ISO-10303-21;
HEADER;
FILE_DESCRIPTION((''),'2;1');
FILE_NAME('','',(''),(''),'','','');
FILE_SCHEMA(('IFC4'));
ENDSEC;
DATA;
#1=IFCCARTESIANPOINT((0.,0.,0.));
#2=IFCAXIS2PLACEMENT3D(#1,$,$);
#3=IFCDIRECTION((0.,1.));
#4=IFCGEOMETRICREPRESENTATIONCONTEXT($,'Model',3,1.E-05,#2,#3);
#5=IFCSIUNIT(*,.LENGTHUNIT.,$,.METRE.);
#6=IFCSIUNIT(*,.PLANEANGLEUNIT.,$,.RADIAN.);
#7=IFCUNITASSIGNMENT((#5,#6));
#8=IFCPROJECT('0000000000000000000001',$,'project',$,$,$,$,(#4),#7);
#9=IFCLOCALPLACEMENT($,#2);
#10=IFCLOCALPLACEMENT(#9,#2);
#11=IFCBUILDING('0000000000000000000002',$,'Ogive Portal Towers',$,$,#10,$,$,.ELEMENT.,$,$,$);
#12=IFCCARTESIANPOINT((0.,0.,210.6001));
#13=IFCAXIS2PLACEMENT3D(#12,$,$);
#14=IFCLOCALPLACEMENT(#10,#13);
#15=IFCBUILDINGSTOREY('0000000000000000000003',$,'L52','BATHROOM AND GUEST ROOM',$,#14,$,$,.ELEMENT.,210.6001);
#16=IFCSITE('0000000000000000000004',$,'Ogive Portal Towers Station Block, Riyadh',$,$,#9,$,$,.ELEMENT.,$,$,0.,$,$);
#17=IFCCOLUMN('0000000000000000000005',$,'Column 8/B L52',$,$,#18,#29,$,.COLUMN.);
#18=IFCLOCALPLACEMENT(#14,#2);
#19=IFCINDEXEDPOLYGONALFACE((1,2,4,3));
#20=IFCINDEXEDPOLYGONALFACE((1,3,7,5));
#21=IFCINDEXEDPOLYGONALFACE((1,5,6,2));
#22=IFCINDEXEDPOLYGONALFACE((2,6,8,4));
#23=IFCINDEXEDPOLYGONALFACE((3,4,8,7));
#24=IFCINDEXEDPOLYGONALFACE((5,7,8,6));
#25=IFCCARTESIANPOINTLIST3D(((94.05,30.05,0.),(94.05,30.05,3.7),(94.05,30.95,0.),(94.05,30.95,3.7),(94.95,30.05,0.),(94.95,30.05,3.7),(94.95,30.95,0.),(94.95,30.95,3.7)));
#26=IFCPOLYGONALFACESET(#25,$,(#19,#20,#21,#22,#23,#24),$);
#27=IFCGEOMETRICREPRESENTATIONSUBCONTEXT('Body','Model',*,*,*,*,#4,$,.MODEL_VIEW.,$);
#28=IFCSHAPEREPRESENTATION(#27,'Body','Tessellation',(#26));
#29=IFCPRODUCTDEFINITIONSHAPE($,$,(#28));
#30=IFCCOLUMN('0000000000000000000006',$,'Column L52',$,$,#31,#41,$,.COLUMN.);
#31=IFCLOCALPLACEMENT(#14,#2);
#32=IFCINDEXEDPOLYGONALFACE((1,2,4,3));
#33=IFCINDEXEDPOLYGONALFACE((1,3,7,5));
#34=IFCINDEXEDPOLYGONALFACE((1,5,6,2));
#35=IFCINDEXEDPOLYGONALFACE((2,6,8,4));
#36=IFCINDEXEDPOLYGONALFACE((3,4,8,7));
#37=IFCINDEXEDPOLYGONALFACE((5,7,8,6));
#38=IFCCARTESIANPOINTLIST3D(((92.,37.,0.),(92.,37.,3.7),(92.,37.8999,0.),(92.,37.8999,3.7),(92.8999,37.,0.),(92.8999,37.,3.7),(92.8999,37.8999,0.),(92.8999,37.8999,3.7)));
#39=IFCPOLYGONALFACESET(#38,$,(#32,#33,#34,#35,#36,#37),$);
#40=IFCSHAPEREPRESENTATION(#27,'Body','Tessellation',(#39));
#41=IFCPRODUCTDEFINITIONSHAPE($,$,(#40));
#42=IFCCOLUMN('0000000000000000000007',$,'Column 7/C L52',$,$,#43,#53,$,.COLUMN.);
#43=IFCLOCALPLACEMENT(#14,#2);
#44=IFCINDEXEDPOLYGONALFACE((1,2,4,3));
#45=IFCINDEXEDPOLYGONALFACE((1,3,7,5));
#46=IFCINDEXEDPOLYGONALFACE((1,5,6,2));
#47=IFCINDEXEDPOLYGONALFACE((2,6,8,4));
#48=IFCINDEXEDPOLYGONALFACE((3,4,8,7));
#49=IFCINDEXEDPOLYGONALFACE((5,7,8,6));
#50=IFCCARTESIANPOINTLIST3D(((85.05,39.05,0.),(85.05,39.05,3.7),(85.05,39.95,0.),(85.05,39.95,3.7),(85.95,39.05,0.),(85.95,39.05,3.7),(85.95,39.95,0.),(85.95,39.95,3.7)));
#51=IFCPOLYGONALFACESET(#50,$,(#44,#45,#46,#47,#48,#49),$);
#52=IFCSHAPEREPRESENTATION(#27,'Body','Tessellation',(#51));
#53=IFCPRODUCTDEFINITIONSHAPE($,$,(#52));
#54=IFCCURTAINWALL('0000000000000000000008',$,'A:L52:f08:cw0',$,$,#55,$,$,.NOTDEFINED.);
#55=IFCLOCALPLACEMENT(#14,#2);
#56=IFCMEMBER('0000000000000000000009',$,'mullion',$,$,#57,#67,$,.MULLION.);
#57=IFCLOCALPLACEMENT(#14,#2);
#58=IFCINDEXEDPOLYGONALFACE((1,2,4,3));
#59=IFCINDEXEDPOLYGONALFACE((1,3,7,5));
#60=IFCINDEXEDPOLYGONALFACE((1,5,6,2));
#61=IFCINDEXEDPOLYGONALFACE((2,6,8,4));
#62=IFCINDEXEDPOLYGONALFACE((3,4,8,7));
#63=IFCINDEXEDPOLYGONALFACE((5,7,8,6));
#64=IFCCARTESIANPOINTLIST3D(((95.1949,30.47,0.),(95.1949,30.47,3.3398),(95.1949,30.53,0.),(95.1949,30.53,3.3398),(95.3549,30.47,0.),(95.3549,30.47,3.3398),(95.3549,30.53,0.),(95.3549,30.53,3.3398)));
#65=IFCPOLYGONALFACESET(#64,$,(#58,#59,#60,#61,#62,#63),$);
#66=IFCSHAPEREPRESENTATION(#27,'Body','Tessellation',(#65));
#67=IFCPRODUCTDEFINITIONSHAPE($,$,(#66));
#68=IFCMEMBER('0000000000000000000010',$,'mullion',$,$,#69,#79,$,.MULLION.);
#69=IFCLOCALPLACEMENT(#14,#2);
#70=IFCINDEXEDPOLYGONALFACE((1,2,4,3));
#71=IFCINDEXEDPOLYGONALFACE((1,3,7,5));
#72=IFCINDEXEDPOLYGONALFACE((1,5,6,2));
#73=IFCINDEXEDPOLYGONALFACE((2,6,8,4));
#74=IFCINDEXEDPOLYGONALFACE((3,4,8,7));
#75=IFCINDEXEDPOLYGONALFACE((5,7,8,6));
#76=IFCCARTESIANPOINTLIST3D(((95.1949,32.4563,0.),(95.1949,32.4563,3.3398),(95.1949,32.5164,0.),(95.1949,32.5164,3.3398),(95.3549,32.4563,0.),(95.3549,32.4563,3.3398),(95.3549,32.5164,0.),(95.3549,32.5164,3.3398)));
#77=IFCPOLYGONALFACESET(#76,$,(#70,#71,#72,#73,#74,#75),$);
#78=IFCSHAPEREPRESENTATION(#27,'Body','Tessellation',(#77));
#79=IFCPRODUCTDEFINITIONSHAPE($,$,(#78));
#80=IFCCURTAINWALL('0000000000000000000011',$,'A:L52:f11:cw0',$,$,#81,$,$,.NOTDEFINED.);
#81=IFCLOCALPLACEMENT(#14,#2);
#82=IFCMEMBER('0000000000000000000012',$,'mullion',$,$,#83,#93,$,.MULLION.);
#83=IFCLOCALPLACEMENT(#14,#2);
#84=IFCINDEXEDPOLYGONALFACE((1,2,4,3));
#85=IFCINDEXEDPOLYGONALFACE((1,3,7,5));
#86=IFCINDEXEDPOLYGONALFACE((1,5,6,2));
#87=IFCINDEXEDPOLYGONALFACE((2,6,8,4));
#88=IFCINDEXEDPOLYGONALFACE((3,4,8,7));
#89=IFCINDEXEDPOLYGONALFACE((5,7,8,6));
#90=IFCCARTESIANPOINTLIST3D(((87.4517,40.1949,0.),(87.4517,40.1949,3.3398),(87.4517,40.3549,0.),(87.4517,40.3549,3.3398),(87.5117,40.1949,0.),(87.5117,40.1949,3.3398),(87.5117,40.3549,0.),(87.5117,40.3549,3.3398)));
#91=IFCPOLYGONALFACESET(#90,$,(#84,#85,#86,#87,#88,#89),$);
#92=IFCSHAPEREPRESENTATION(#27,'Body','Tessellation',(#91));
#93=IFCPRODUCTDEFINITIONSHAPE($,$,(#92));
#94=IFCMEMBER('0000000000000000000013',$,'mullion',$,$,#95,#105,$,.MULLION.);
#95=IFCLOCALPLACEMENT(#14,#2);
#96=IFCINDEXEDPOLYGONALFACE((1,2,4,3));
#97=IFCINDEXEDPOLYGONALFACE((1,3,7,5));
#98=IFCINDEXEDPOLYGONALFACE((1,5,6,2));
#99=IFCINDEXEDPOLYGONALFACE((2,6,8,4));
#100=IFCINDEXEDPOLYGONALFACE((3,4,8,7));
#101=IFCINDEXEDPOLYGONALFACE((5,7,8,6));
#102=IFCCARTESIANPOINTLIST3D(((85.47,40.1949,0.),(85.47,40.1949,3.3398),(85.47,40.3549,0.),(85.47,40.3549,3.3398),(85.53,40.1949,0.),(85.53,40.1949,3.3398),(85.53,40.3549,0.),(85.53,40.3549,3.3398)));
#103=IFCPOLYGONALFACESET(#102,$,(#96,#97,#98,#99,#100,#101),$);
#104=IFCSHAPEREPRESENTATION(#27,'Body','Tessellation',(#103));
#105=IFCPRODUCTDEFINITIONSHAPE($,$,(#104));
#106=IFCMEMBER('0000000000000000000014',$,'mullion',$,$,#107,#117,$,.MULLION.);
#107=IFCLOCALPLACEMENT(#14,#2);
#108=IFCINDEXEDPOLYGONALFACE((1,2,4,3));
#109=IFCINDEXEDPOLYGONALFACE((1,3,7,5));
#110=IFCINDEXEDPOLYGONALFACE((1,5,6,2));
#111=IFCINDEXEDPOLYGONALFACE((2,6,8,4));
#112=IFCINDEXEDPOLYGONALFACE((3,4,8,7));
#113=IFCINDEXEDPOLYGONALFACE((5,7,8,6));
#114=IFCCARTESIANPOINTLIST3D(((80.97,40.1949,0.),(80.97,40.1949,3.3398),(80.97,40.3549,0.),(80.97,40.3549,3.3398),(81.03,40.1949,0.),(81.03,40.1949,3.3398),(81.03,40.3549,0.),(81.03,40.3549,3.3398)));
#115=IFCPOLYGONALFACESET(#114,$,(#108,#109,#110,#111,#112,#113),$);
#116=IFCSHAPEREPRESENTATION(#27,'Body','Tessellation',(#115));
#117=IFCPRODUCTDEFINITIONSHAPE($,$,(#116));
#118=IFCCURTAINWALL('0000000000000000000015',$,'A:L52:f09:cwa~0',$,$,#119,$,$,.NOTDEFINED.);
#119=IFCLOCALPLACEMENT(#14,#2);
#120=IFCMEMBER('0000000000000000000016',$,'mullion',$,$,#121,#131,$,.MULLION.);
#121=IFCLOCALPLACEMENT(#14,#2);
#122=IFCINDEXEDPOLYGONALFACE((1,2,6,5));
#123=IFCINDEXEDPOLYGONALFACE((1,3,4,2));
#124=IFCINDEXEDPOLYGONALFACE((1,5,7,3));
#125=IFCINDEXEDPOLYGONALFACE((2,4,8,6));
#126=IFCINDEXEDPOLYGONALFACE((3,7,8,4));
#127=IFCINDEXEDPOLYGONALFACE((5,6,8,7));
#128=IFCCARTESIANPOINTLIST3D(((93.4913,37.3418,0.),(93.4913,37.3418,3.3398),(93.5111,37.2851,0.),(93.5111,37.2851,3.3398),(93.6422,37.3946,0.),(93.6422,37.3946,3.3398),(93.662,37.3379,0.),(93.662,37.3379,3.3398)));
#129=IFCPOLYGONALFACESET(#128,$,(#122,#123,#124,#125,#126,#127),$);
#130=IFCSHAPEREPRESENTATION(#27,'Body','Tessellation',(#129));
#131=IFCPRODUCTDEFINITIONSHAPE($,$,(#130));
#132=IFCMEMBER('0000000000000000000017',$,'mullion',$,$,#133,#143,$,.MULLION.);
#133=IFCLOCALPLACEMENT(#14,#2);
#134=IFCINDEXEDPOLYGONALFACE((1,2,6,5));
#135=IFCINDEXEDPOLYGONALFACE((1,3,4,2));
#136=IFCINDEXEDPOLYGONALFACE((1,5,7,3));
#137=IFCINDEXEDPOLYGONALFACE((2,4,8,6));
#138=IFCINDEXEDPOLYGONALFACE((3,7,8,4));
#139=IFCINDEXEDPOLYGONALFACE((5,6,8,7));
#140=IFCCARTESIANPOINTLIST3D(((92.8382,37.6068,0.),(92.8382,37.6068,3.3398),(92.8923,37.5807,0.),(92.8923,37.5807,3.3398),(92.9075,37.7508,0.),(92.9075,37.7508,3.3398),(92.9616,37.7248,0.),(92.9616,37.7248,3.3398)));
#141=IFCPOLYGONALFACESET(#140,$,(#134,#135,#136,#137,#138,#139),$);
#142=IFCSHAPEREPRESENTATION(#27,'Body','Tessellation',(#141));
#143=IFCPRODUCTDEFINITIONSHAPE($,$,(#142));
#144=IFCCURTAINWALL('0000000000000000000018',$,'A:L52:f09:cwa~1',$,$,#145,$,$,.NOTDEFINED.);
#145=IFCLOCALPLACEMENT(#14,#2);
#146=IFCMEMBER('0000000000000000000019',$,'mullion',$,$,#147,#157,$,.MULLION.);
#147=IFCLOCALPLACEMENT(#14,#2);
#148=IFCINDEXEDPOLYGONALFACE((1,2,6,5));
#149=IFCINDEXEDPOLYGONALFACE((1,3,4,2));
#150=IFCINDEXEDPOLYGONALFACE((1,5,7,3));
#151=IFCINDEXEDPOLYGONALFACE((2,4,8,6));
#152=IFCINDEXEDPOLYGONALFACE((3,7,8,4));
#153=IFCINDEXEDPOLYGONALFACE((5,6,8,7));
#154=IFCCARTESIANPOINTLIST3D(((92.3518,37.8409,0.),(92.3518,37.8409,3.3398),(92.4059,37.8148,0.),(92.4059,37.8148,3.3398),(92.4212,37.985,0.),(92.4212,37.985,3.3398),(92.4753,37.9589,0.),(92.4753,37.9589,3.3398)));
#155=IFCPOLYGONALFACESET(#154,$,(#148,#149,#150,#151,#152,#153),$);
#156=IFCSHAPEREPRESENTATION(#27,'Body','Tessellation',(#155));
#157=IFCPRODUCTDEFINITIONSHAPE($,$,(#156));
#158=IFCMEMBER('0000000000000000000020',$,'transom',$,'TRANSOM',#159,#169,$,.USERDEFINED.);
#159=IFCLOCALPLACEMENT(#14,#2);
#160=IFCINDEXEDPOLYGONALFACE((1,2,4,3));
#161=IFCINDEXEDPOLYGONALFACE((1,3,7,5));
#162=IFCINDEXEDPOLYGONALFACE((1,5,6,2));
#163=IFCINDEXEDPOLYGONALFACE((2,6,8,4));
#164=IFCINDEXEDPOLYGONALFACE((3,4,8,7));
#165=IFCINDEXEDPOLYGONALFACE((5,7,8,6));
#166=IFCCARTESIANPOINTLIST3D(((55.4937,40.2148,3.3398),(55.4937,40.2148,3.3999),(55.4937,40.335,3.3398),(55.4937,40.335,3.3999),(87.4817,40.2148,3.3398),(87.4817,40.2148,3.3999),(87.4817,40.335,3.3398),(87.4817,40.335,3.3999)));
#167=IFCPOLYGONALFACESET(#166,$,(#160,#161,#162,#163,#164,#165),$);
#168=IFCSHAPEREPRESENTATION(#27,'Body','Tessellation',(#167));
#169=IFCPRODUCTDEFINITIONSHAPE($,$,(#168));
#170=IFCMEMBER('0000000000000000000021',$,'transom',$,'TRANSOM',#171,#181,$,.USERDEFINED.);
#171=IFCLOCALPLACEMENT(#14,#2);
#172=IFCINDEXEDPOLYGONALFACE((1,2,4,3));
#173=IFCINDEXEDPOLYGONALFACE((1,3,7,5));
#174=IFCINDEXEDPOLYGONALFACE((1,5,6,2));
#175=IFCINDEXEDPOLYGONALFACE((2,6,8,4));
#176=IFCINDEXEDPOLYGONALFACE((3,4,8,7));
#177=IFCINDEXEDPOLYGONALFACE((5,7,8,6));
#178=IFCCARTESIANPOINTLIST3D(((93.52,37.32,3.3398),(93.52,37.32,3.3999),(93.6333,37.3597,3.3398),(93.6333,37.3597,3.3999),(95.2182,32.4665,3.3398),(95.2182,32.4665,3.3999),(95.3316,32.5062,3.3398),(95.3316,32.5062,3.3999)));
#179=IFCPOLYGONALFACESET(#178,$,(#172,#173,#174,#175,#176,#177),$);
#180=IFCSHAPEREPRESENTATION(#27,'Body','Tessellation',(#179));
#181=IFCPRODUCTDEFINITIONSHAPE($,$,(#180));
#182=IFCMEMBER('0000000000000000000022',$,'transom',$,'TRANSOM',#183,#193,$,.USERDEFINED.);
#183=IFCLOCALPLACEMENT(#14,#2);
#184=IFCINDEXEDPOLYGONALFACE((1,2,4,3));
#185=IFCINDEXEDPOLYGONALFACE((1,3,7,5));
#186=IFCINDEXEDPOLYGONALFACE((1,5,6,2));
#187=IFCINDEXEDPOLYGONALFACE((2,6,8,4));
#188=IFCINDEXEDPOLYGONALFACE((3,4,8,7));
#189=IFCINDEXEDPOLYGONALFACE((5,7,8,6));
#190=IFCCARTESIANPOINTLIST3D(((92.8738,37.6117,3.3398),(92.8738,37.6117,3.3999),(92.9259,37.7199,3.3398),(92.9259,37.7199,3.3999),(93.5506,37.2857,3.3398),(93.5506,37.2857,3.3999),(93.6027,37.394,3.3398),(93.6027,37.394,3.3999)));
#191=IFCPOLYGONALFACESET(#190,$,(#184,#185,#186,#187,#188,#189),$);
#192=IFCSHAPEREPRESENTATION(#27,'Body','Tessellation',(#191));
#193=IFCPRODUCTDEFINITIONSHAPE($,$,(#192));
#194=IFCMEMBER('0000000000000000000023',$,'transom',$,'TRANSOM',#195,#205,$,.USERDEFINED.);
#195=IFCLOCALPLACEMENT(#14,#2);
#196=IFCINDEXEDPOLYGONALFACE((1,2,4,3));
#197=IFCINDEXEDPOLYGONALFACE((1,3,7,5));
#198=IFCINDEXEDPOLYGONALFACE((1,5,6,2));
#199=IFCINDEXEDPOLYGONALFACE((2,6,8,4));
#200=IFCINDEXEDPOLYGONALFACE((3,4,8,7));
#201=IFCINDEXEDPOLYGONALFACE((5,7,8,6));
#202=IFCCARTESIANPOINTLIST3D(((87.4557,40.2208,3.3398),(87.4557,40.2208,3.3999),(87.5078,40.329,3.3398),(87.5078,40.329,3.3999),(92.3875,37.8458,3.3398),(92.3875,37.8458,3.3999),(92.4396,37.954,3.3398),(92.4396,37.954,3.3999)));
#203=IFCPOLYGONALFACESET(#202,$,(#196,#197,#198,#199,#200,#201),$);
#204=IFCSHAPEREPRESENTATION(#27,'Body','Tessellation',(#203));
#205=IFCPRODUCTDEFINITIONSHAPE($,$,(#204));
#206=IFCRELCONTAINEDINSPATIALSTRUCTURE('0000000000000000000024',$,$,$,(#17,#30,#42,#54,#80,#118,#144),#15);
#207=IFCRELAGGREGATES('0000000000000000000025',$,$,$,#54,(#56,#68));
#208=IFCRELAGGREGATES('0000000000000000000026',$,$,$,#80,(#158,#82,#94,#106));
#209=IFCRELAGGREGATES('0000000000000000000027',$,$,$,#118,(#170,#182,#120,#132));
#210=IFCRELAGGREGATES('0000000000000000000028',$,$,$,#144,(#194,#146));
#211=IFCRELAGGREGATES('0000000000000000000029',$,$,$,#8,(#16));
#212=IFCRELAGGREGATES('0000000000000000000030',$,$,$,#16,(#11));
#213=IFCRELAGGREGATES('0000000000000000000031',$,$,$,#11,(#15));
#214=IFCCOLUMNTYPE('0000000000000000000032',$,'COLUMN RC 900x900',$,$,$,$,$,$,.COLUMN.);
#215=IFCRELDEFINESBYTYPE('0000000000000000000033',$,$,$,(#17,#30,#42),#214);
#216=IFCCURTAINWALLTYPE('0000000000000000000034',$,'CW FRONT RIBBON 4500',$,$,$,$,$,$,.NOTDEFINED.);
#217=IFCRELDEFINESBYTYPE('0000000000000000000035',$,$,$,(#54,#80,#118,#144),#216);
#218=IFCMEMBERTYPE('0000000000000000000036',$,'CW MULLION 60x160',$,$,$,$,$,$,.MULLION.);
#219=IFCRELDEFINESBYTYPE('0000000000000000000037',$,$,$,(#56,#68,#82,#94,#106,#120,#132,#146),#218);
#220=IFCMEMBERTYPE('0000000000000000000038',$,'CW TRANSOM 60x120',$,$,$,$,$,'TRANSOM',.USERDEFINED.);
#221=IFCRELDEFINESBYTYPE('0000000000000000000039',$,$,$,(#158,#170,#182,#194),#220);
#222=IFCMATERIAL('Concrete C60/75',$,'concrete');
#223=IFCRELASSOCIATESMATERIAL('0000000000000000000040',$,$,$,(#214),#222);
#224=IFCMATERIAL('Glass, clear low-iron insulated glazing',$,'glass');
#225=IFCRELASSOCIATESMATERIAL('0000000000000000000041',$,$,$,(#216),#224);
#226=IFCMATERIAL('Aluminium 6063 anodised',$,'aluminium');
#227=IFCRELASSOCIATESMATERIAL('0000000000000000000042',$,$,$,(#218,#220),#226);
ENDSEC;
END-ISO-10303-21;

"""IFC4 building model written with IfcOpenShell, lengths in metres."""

from ifc_helpers import new_model, si_unit, direction, frame, origin, origin_2d, place, context, subcontext, project, spatial, rectangle, extrude, material, material_profile, profile_set, type_object, element, aggregate, save


model = new_model("IFC4")

# Units and contexts
model_context = context("Model", 3, precision=1e-05, world=origin(), true_north=direction((0.0, 1.0)))
body_context = subcontext(model_context, "Body", "Model", "MODEL_VIEW")
ifc_project = project(units=[si_unit("LENGTHUNIT", "METRE"), si_unit("PLANEANGLEUNIT", "RADIAN")], contexts=[model_context])

# Site, building, storey
site_placement = place(None, origin())
site = spatial("IfcSite", under=ifc_project, at=site_placement, Name="Ogive Portal Towers Station Block, Riyadh", CompositionType="ELEMENT", RefElevation=0.0)
building_placement = place(site_placement, origin())
building = spatial("IfcBuilding", under=site, at=building_placement, Name="Ogive Portal Towers", CompositionType="ELEMENT")
storey_placement = place(building_placement, frame((0.0, 0.0, 210.6001)))
storey = spatial("IfcBuildingStorey", under=building, at=storey_placement, Name="L52", Description="BATHROOM AND GUEST ROOM", CompositionType="ELEMENT", Elevation=210.6001)

# Columns
ifc_material_1 = material(Name="Concrete C60/75", Category="concrete")
ifc_material_profile_1 = material_profile(ifc_material_1, rectangle(XDim=0.8999, YDim=0.8999, at=origin_2d()), Name="RC 900x900")
ifc_profile_set_1 = profile_set([ifc_material_profile_1], Name="Concrete C60/75")
column_type = type_object("IfcColumnType", Name="COLUMN RC 900x900", PredefinedType="COLUMN", material=ifc_profile_set_1)
for number, where, z_axis, x_axis, name in (
    (1, (94.5, 30.5, 0.0), (0.0, 0.0, 1.0), (1.0, 0.0, 0.0), "Column 8/B L52"),
    (2, (92.45, 37.45, 0.0), (0.0, 0.0, 1.0), (1.0, 0.0, 0.0), "Column L52"),
    (3, (85.5, 39.5, 0.0), (0.0, 0.0, 1.0), (1.0, 0.0, 0.0), "Column 7/C L52"),
):
    element("IfcColumn", number, at=place(storey_placement, frame(where, z_axis=z_axis, x_axis=x_axis)), inside=storey, type_object=column_type, Name=name, PredefinedType="COLUMN", context=body_context, shape_type="SweptSolid", body=[
        extrude(rectangle(XDim=0.8999, YDim=0.8999, at=origin_2d()), origin(), (0.0, 0.0, 1.0), 3.7),
    ])

# Curtain walls, members
ifc_material_2 = material(Name="Glass, clear low-iron insulated glazing", Category="glass")
curtain_wall_type = type_object("IfcCurtainWallType", Name="CW FRONT RIBBON 4500", PredefinedType="NOTDEFINED", material=ifc_material_2)
curtain_wall_1_placement = place(storey_placement, origin())
curtain_wall_1 = element("IfcCurtainWall", 4, at=curtain_wall_1_placement, inside=storey, type_object=curtain_wall_type, Name="A:L52:f08:cw0", PredefinedType="NOTDEFINED")
ifc_material_3 = material(Name="Aluminium 6063 anodised", Category="aluminium")
ifc_material_profile_2 = material_profile(ifc_material_3, rectangle(XDim=0.1599, YDim=0.0601, at=origin_2d()), Name="AL 60x160")
ifc_profile_set_2 = profile_set([ifc_material_profile_2], Name="Aluminium 6063 anodised")
member_type_1 = type_object("IfcMemberType", Name="CW MULLION 60x160", PredefinedType="MULLION", material=ifc_profile_set_2)
member_1_placement = place(storey_placement, frame((95.2749, 30.5, 0.0), z_axis=(0.0, 0.0, 1.0), x_axis=(-1.0, 0.0, 0.0)))
member_1 = element("IfcMember", 5, at=member_1_placement, type_object=member_type_1, Name="mullion", PredefinedType="MULLION", context=body_context, shape_type="SweptSolid", body=[
    extrude(rectangle(XDim=0.1599, YDim=0.0601, at=origin_2d()), origin(), (0.0, 0.0, 1.0), 3.3398),
])
member_2_placement = place(storey_placement, frame((95.2749, 32.4863, 0.0), z_axis=(0.0, 0.0, 1.0), x_axis=(-1.0, 0.0, 0.0)))
member_2 = element("IfcMember", 6, at=member_2_placement, type_object=member_type_1, Name="mullion", PredefinedType="MULLION", context=body_context, shape_type="SweptSolid", body=[
    extrude(rectangle(XDim=0.1599, YDim=0.0601, at=origin_2d()), origin(), (0.0, 0.0, 1.0), 3.3398),
])
curtain_wall_2_placement = place(storey_placement, origin())
curtain_wall_2 = element("IfcCurtainWall", 7, at=curtain_wall_2_placement, inside=storey, type_object=curtain_wall_type, Name="A:L52:f11:cw0", PredefinedType="NOTDEFINED")
member_3_placement = place(storey_placement, frame((87.4817, 40.2749, 0.0), z_axis=(0.0, 0.0, 1.0), x_axis=(0.0, -1.0, 0.0)))
member_3 = element("IfcMember", 8, at=member_3_placement, type_object=member_type_1, Name="mullion", PredefinedType="MULLION", context=body_context, shape_type="SweptSolid", body=[
    extrude(rectangle(XDim=0.1599, YDim=0.0601, at=origin_2d()), origin(), (0.0, 0.0, 1.0), 3.3398),
])
member_4_placement = place(storey_placement, frame((85.5, 40.2749, 0.0), z_axis=(0.0, 0.0, 1.0), x_axis=(0.0, -1.0, 0.0)))
member_4 = element("IfcMember", 9, at=member_4_placement, type_object=member_type_1, Name="mullion", PredefinedType="MULLION", context=body_context, shape_type="SweptSolid", body=[
    extrude(rectangle(XDim=0.1599, YDim=0.0601, at=origin_2d()), origin(), (0.0, 0.0, 1.0), 3.3398),
])
member_5_placement = place(storey_placement, frame((81.0, 40.2749, 0.0), z_axis=(0.0, 0.0, 1.0), x_axis=(0.0, -1.0, 0.0)))
member_5 = element("IfcMember", 10, at=member_5_placement, type_object=member_type_1, Name="mullion", PredefinedType="MULLION", context=body_context, shape_type="SweptSolid", body=[
    extrude(rectangle(XDim=0.1599, YDim=0.0601, at=origin_2d()), origin(), (0.0, 0.0, 1.0), 3.3398),
])
curtain_wall_3_placement = place(storey_placement, origin())
curtain_wall_3 = element("IfcCurtainWall", 11, at=curtain_wall_3_placement, inside=storey, type_object=curtain_wall_type, Name="A:L52:f09:cwa~0", PredefinedType="NOTDEFINED")
member_6_placement = place(storey_placement, frame((93.5767, 37.3398, 0.0), z_axis=(0.0, 0.0, 1.0), x_axis=(-0.943883, -0.330279, 0.0)))
member_6 = element("IfcMember", 12, at=member_6_placement, type_object=member_type_1, Name="mullion", PredefinedType="MULLION", context=body_context, shape_type="SweptSolid", body=[
    extrude(rectangle(XDim=0.1599, YDim=0.0601, at=origin_2d()), origin(), (0.0, 0.0, 1.0), 3.3398),
])
member_7_placement = place(storey_placement, frame((92.8999, 37.6658, 0.0), z_axis=(0.0, 0.0, 1.0), x_axis=(-0.433884, -0.900969, 0.0)))
member_7 = element("IfcMember", 13, at=member_7_placement, type_object=member_type_1, Name="mullion", PredefinedType="MULLION", context=body_context, shape_type="SweptSolid", body=[
    extrude(rectangle(XDim=0.1599, YDim=0.0601, at=origin_2d()), origin(), (0.0, 0.0, 1.0), 3.3398),
])

# Curtain wall, member
curtain_wall_4_placement = place(storey_placement, origin())
curtain_wall_4 = element("IfcCurtainWall", 14, at=curtain_wall_4_placement, inside=storey, type_object=curtain_wall_type, Name="A:L52:f09:cwa~1", PredefinedType="NOTDEFINED")
member_8_placement = place(storey_placement, frame((92.4136, 37.8999, 0.0), z_axis=(0.0, 0.0, 1.0), x_axis=(-0.433884, -0.900969, 0.0)))
member_8 = element("IfcMember", 15, at=member_8_placement, type_object=member_type_1, Name="mullion", PredefinedType="MULLION", context=body_context, shape_type="SweptSolid", body=[
    extrude(rectangle(XDim=0.1599, YDim=0.0601, at=origin_2d()), origin(), (0.0, 0.0, 1.0), 3.3398),
])

# Members
ifc_material_profile_3 = material_profile(ifc_material_3, rectangle(XDim=0.1201, YDim=0.0601, at=origin_2d()), Name="AL 120x60")
ifc_profile_set_3 = profile_set([ifc_material_profile_3], Name="Aluminium 6063 anodised")
member_type_2 = type_object("IfcMemberType", Name="CW TRANSOM 60x120", ElementType="TRANSOM", PredefinedType="USERDEFINED", material=ifc_profile_set_3)
member_9_placement = place(storey_placement, frame((87.4817, 40.2749, 3.3699), z_axis=(-1.0, 0.0, 0.0), x_axis=(0.0, -1.0, 0.0)))
member_9 = element("IfcMember", 16, at=member_9_placement, type_object=member_type_2, Name="transom", ObjectType="TRANSOM", PredefinedType="USERDEFINED", context=body_context, shape_type="SweptSolid", body=[
    extrude(rectangle(XDim=0.1201, YDim=0.0601, at=origin_2d()), origin(), (0.0, 0.0, 1.0), 31.988),
])
member_10_placement = place(storey_placement, frame((95.2749, 32.4863, 3.3699), z_axis=(-0.330266, 0.943888, 0.0), x_axis=(-0.943888, -0.330266, 0.0)))
member_10 = element("IfcMember", 17, at=member_10_placement, type_object=member_type_2, Name="transom", ObjectType="TRANSOM", PredefinedType="USERDEFINED", context=body_context, shape_type="SweptSolid", body=[
    extrude(rectangle(XDim=0.1201, YDim=0.0601, at=origin_2d()), origin(), (0.0, 0.0, 1.0), 5.1421),
])
member_11_placement = place(storey_placement, frame((93.5767, 37.3398, 3.3699), z_axis=(-0.900959, 0.433904, 0.0), x_axis=(-0.433904, -0.900959, 0.0)))
member_11 = element("IfcMember", 18, at=member_11_placement, type_object=member_type_2, Name="transom", ObjectType="TRANSOM", PredefinedType="USERDEFINED", context=body_context, shape_type="SweptSolid", body=[
    extrude(rectangle(XDim=0.1201, YDim=0.0601, at=origin_2d()), origin(), (0.0, 0.0, 1.0), 0.7512),
])
member_12_placement = place(storey_placement, frame((92.4136, 37.8999, 3.3699), z_axis=(-0.900974, 0.433873, 0.0), x_axis=(-0.433873, -0.900974, 0.0)))
member_12 = element("IfcMember", 19, at=member_12_placement, type_object=member_type_2, Name="transom", ObjectType="TRANSOM", PredefinedType="USERDEFINED", context=body_context, shape_type="SweptSolid", body=[
    extrude(rectangle(XDim=0.1201, YDim=0.0601, at=origin_2d()), origin(), (0.0, 0.0, 1.0), 5.4739),
])

aggregate(curtain_wall_1, [member_1, member_2])
aggregate(curtain_wall_2, [member_9, member_3, member_4, member_5])
aggregate(curtain_wall_3, [member_10, member_11, member_6, member_7])
aggregate(curtain_wall_4, [member_12, member_8])

save(model, "model.ifc")
